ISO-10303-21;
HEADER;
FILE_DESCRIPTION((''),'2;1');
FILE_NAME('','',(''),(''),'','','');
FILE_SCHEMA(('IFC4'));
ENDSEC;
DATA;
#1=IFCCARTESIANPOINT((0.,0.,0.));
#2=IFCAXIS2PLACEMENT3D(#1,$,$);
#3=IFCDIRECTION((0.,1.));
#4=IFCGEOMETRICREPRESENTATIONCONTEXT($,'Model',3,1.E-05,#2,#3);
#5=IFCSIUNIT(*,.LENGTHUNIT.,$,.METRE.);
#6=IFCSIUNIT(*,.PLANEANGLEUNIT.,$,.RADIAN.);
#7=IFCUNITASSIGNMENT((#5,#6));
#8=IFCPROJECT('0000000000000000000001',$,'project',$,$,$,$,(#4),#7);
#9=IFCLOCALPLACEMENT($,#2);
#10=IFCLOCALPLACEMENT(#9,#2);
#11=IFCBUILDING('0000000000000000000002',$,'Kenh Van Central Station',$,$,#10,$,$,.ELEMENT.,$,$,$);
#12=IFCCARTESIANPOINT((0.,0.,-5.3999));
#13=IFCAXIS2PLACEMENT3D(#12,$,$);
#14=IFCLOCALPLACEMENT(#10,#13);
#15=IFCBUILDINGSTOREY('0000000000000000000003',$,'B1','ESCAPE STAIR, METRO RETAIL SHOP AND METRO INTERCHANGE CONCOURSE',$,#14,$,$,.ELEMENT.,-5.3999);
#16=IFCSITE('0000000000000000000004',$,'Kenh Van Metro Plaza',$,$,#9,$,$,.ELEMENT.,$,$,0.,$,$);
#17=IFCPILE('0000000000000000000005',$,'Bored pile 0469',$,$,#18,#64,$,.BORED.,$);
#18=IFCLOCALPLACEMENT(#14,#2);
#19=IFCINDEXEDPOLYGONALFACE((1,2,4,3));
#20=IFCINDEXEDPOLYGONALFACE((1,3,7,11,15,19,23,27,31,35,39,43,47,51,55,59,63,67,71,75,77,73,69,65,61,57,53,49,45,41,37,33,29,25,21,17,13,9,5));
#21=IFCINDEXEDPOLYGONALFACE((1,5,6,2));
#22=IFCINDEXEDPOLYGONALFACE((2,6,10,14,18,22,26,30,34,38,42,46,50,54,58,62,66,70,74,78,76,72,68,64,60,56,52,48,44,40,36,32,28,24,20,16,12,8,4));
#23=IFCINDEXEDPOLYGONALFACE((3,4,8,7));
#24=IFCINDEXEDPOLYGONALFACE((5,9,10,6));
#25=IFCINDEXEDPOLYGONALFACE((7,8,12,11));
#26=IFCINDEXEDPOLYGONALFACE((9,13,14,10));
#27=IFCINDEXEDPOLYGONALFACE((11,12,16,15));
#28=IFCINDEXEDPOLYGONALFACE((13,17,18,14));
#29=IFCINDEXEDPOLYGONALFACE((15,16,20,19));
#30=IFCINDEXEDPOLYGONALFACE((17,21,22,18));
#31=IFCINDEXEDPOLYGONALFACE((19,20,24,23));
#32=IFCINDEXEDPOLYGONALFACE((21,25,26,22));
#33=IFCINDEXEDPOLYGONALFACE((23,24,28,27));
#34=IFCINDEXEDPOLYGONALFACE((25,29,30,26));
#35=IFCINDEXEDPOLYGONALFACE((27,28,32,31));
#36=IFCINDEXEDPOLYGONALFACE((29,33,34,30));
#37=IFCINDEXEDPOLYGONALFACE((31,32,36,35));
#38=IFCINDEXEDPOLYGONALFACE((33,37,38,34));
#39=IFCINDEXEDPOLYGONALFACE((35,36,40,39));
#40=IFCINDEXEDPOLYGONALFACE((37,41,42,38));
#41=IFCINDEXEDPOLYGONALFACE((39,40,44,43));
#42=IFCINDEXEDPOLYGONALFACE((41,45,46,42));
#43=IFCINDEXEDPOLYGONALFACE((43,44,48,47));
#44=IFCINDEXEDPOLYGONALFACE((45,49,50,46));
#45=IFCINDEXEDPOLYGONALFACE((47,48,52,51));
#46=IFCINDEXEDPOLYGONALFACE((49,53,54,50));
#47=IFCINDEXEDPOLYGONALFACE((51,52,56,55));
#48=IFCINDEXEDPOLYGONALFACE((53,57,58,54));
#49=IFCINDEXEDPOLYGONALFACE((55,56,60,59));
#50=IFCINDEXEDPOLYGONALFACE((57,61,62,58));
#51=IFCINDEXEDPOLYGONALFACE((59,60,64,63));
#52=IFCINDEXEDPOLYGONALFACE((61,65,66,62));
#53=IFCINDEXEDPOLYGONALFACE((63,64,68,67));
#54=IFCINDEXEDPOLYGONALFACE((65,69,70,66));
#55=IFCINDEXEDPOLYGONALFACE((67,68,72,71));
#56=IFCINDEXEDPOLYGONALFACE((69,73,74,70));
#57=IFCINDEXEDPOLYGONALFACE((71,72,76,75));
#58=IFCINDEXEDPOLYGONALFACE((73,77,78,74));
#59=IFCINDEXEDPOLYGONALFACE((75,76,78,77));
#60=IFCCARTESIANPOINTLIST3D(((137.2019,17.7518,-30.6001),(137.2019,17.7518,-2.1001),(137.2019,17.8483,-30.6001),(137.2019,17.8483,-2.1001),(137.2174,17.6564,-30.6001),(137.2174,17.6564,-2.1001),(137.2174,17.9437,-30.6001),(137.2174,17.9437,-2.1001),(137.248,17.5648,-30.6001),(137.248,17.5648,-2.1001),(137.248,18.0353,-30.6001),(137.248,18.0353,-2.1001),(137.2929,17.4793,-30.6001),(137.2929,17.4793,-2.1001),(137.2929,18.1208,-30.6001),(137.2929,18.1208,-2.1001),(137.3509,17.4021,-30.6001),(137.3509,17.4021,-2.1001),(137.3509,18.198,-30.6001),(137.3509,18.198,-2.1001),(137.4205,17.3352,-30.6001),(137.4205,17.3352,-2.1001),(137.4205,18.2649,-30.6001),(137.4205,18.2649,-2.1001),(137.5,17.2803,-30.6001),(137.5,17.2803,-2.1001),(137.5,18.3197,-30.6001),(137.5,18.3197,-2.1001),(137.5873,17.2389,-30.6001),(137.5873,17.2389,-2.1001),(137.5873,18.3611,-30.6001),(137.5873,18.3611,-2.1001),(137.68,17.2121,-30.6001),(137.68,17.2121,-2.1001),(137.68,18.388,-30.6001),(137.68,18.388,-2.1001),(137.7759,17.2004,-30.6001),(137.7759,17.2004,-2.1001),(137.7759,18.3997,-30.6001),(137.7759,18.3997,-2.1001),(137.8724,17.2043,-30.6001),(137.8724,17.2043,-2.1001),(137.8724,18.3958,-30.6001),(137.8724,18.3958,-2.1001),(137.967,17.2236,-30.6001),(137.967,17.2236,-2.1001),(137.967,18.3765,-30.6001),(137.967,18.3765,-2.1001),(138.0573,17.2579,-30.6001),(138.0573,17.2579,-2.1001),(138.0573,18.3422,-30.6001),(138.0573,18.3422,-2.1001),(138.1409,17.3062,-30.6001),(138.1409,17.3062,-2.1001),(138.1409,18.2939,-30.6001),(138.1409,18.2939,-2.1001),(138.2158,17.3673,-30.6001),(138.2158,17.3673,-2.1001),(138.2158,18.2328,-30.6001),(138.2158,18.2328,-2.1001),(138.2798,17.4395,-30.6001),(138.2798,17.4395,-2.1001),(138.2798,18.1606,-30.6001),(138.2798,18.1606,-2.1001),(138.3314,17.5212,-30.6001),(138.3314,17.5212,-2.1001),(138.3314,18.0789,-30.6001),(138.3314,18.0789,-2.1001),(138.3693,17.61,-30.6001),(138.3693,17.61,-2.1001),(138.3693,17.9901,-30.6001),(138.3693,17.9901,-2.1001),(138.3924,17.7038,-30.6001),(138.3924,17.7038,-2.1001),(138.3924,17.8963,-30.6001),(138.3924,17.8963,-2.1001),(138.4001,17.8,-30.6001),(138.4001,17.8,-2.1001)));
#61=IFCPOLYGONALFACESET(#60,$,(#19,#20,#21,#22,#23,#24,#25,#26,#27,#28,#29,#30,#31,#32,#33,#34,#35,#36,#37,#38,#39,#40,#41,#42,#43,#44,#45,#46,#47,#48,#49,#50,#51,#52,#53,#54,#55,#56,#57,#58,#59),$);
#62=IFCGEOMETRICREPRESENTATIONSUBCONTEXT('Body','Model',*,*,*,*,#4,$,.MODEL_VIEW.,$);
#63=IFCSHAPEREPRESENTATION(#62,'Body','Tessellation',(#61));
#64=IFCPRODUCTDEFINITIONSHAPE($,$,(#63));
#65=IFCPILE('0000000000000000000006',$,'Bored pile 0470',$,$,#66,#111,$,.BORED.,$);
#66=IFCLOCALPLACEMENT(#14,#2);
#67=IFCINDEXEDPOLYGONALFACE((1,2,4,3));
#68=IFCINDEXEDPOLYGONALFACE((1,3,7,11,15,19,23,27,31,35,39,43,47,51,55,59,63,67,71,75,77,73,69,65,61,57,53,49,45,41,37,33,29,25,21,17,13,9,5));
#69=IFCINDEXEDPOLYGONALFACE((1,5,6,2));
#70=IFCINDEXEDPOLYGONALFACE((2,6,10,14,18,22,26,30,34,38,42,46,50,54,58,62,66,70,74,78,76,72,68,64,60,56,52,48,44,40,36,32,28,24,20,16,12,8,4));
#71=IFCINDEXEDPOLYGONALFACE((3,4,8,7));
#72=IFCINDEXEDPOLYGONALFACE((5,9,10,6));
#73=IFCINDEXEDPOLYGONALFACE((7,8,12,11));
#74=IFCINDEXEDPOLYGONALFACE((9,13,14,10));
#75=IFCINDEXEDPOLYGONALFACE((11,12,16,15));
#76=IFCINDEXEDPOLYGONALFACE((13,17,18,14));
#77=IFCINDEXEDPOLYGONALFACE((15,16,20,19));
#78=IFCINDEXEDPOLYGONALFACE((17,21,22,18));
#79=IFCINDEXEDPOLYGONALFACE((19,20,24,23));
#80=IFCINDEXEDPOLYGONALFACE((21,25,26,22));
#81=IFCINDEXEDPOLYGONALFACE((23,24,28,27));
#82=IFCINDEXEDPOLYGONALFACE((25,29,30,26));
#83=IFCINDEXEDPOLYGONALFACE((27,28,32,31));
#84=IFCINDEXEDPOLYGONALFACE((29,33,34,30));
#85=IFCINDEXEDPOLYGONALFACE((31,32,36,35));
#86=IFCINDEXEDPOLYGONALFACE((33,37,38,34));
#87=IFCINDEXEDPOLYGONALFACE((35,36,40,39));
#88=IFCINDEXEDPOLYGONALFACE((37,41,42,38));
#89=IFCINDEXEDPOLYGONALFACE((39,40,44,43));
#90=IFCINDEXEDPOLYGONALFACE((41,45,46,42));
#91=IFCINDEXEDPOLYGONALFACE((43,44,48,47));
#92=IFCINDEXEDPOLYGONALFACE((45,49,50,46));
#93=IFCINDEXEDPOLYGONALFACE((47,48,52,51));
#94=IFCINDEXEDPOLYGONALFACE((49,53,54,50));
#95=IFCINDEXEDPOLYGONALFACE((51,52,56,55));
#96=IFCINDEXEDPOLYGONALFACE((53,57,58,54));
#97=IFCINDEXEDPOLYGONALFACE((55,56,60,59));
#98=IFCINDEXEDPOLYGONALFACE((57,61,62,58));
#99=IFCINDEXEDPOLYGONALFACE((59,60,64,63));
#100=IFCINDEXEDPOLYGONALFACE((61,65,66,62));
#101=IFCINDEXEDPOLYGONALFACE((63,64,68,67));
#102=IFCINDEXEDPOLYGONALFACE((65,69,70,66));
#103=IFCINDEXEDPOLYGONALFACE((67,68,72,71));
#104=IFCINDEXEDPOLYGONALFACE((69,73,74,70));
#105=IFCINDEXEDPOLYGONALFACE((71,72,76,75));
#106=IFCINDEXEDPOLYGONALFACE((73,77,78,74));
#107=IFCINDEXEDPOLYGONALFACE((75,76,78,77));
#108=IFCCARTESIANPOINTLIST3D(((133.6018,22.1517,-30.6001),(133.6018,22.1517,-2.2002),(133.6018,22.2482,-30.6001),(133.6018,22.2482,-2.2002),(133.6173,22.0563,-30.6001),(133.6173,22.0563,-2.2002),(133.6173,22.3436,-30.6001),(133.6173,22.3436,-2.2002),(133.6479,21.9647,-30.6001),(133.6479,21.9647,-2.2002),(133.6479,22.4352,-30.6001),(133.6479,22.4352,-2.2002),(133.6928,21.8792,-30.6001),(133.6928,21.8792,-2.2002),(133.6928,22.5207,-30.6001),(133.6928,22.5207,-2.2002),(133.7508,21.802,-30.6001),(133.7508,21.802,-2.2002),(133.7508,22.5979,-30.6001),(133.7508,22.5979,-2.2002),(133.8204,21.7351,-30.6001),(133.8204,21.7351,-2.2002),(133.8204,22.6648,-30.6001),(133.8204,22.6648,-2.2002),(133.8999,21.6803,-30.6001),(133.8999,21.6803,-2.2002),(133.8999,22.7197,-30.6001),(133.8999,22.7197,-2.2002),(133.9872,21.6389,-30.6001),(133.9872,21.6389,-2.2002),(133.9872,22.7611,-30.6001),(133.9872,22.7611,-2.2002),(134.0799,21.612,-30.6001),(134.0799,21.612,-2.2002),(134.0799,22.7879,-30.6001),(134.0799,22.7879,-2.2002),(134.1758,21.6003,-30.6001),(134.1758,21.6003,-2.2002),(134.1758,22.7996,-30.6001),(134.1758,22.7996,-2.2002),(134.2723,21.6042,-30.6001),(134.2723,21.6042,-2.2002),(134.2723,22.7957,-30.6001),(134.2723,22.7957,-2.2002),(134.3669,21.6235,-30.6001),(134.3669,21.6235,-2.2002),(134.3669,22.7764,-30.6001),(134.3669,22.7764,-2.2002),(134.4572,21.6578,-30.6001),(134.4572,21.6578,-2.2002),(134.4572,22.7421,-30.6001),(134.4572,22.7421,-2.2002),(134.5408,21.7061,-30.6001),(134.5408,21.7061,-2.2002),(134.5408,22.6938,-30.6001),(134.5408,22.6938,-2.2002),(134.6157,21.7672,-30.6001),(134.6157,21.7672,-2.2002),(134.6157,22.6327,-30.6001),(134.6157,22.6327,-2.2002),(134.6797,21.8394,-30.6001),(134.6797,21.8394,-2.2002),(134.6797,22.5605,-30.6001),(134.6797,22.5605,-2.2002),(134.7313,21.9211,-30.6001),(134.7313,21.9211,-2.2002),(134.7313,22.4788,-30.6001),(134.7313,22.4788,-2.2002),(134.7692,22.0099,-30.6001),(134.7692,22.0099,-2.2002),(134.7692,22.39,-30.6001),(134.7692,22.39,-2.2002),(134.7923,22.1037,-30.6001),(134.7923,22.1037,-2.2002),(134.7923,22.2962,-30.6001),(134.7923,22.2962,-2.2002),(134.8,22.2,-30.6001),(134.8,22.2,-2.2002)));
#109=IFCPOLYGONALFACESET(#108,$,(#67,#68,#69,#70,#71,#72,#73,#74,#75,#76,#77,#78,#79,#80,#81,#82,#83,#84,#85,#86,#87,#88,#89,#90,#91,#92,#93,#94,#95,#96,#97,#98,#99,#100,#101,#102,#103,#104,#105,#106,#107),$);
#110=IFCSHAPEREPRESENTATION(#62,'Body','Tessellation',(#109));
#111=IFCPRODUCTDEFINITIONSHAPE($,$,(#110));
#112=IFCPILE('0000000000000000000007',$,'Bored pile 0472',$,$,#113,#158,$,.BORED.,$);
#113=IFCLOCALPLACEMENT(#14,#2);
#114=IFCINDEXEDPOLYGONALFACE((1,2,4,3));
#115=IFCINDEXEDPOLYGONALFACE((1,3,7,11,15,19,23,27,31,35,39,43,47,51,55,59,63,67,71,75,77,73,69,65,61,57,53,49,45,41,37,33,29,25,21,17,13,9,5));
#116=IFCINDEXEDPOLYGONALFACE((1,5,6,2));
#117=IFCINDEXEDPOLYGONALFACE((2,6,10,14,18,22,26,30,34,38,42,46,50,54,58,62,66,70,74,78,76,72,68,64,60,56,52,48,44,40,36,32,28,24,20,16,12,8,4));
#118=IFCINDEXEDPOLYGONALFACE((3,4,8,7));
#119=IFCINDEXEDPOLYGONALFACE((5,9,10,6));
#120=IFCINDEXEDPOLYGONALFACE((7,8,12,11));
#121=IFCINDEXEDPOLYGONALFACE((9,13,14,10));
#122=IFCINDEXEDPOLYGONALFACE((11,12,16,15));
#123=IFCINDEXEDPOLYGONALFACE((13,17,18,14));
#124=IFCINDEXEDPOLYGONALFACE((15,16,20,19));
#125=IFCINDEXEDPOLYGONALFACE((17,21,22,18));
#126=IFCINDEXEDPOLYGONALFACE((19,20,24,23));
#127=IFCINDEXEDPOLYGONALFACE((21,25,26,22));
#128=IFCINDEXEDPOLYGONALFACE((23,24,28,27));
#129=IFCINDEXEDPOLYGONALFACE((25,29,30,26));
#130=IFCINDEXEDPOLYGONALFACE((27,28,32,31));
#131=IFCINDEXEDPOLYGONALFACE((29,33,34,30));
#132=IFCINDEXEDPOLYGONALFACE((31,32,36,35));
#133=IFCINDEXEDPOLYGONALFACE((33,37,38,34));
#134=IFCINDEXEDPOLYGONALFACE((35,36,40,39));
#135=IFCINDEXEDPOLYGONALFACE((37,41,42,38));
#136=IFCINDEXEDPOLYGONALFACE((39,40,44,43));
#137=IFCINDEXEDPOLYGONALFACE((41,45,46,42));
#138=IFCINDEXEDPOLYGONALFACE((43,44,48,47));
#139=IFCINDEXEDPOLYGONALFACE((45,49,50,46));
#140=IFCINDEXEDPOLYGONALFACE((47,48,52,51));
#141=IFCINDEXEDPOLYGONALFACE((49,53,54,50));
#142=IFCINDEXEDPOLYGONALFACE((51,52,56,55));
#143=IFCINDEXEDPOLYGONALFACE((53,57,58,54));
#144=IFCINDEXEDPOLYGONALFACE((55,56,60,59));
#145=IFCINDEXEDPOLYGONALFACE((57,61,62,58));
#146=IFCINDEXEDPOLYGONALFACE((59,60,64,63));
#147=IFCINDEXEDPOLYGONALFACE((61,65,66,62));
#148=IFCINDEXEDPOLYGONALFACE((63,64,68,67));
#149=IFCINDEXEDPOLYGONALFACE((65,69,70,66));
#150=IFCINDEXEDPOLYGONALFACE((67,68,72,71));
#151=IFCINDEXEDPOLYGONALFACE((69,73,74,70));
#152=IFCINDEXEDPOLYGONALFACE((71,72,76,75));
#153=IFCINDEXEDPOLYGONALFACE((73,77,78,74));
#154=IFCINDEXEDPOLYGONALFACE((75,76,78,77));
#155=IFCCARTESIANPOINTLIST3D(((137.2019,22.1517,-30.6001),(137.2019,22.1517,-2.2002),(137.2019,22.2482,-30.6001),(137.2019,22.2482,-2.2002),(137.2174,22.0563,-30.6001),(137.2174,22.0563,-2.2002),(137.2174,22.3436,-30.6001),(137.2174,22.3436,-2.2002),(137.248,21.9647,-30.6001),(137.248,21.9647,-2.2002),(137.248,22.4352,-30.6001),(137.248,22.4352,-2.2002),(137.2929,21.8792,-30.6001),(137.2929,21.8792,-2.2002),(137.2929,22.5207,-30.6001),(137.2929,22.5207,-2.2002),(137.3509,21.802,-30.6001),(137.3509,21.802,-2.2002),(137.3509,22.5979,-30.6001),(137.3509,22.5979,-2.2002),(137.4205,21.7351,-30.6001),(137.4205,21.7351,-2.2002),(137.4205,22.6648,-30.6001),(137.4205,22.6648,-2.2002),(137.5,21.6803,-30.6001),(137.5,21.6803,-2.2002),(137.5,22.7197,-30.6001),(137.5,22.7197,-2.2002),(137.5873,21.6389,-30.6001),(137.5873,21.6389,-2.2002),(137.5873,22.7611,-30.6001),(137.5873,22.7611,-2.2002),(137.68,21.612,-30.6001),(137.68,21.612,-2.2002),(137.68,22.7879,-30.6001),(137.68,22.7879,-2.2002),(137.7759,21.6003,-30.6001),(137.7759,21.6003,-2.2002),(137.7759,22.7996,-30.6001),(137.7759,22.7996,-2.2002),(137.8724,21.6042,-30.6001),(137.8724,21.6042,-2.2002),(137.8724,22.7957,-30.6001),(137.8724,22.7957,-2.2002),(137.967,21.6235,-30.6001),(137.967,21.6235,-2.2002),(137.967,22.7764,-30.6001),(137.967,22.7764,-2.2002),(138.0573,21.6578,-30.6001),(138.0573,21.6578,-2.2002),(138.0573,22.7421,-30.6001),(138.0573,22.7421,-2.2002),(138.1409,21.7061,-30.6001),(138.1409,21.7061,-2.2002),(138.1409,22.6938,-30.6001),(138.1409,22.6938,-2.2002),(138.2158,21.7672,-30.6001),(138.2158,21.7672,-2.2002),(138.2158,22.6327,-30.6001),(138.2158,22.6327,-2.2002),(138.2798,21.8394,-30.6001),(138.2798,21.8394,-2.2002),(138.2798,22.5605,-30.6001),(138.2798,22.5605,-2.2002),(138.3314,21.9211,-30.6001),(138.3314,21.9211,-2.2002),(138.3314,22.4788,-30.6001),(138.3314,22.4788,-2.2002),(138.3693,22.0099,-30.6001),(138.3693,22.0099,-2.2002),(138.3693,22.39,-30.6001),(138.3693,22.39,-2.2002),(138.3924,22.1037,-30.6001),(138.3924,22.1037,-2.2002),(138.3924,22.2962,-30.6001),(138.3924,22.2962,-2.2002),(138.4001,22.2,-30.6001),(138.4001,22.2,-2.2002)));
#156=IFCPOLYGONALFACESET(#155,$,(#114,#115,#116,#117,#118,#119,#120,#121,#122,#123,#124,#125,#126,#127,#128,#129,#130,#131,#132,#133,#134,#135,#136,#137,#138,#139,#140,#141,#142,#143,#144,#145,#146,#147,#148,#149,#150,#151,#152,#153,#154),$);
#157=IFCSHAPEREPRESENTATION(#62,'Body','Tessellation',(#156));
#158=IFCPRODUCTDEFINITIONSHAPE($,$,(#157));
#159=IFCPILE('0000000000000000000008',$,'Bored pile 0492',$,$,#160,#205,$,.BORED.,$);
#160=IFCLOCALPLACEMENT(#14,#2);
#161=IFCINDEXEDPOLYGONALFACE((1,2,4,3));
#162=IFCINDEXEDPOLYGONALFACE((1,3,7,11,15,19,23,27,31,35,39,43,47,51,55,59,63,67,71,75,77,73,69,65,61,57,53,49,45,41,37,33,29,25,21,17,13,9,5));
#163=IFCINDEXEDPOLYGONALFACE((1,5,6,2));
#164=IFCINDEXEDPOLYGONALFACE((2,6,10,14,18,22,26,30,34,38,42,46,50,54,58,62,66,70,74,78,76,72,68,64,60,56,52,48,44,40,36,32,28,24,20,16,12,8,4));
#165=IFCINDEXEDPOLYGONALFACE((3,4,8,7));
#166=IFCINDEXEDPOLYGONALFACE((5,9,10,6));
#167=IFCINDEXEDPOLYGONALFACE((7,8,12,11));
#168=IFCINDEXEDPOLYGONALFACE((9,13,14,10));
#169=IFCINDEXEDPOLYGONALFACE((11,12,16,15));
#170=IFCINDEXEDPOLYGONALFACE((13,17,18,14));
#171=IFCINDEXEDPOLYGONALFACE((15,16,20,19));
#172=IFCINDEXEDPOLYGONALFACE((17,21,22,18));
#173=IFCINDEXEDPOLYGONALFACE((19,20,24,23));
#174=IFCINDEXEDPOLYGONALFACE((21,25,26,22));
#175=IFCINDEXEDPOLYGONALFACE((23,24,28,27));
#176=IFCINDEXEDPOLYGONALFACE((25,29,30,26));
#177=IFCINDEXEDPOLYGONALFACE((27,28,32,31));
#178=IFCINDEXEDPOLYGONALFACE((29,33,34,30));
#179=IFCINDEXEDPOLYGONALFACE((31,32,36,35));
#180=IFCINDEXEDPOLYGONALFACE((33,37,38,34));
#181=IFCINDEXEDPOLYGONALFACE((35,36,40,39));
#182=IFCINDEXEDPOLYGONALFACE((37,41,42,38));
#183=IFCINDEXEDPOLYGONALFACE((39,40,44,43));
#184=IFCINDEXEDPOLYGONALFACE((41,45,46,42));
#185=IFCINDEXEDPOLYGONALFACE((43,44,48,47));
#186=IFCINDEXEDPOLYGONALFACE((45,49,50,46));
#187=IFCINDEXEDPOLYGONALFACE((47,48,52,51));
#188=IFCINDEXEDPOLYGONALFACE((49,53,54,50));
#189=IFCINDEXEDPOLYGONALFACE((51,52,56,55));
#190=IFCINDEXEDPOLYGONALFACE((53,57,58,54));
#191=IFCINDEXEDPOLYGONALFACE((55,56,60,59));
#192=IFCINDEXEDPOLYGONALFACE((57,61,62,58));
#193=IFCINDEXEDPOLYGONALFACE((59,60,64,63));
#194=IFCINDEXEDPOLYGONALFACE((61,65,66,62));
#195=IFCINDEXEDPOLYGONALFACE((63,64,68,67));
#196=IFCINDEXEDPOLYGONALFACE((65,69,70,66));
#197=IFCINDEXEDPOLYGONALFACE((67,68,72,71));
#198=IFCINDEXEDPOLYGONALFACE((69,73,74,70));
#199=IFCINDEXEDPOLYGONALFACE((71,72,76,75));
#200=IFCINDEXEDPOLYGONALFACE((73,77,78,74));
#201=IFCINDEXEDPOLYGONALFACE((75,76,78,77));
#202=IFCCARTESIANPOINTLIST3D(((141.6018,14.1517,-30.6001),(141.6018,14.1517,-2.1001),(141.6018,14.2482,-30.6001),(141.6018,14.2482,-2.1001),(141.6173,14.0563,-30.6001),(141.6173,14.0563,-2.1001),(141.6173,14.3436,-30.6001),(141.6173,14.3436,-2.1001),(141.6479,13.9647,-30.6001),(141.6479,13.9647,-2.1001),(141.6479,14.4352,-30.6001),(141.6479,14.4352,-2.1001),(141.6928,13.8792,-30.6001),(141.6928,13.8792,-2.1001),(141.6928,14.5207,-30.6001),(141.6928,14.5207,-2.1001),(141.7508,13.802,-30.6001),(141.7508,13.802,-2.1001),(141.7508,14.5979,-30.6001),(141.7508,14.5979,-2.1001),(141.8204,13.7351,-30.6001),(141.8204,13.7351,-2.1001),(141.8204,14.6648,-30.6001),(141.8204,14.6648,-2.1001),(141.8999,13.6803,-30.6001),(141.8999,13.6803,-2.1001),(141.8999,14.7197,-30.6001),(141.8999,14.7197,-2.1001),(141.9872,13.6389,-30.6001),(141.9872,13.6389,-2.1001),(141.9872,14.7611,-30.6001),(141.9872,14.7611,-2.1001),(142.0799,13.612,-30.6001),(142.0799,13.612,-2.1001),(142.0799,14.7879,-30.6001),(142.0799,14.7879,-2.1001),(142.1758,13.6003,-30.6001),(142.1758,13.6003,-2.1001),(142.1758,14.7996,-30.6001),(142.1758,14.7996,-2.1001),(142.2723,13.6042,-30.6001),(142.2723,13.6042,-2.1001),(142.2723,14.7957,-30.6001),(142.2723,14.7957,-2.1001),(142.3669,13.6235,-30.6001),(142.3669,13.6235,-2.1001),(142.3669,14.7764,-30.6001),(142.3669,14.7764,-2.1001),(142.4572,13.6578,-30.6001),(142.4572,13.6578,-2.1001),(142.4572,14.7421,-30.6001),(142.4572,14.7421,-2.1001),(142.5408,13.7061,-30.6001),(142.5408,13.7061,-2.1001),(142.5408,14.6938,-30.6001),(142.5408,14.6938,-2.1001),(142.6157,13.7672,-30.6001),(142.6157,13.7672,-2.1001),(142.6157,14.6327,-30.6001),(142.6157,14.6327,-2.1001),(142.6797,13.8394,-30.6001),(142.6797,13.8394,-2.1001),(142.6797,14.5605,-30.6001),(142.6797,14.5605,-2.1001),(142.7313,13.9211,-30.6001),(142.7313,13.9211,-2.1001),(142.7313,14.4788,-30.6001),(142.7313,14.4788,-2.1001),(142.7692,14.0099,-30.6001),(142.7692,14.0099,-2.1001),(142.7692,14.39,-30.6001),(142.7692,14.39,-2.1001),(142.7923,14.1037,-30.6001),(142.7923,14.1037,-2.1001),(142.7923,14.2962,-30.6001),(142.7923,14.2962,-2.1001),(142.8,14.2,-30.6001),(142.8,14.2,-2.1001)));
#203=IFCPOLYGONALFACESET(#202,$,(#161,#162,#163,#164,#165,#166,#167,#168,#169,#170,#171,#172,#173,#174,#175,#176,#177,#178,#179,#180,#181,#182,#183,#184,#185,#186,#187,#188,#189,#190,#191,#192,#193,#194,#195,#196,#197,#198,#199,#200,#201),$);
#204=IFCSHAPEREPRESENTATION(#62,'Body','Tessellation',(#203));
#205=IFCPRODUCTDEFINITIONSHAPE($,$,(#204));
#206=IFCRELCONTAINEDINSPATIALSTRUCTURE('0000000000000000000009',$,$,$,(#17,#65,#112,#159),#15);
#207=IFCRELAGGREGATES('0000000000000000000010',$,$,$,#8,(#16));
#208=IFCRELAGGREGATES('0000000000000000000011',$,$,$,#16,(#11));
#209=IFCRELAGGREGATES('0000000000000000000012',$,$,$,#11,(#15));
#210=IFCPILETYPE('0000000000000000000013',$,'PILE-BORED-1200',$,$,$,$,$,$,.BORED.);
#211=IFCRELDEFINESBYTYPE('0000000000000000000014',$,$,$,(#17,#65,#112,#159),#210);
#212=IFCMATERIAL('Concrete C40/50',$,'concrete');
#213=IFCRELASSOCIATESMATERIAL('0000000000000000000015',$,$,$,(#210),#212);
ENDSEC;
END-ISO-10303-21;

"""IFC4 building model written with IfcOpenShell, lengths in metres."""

from ifc_helpers import new_model, si_unit, direction, frame, origin, origin_2d, place, context, subcontext, project, spatial, circle, extrude, material, material_profile, profile_set, type_object, element, save


model = new_model("IFC4")

# Units and contexts
model_context = context("Model", 3, precision=1e-05, world=origin(), true_north=direction((0.0, 1.0)))
body_context = subcontext(model_context, "Body", "Model", "MODEL_VIEW")
ifc_project = project(units=[si_unit("LENGTHUNIT", "METRE"), si_unit("PLANEANGLEUNIT", "RADIAN")], contexts=[model_context])

# Site, building, storey
site_placement = place(None, origin())
site = spatial("IfcSite", under=ifc_project, at=site_placement, Name="Kenh Van Metro Plaza", CompositionType="ELEMENT", RefElevation=0.0)
building_placement = place(site_placement, origin())
building = spatial("IfcBuilding", under=site, at=building_placement, Name="Kenh Van Central Station", CompositionType="ELEMENT")
storey_placement = place(building_placement, frame((0.0, 0.0, -5.3999)))
storey = spatial("IfcBuildingStorey", under=building, at=storey_placement, Name="B1", Description="ESCAPE STAIR, METRO RETAIL SHOP AND METRO INTERCHANGE CONCOURSE", CompositionType="ELEMENT", Elevation=-5.3999)

# Shared definitions
ifc_material_1 = material(Name="Concrete C40/50", Category="concrete")

# Piles
ifc_material_profile_1 = material_profile(ifc_material_1, circle(Radius=0.6001, at=origin_2d()), Name="PILE D1200")
ifc_profile_set_1 = profile_set([ifc_material_profile_1], Name="Concrete C40/50")
pile_type_1 = type_object("IfcPileType", Name="PILE-BORED-1200", PredefinedType="BORED", material=ifc_profile_set_1)
for number, where, z_axis, x_axis, name in (
    (1, (137.8, 17.8, -2.1001), (0.0, 0.0, -1.0), (1.0, 0.0, 0.0), "Bored pile 0469"),
):
    element("IfcPile", number, at=place(storey_placement, frame(where, z_axis=z_axis, x_axis=x_axis)), inside=storey, type_object=pile_type_1, Name=name, PredefinedType="BORED", context=body_context, shape_type="SweptSolid", body=[
        extrude(circle(Radius=0.6001, at=origin_2d()), origin(), (0.0, 0.0, 1.0), 28.5),
    ])
for number, where, z_axis, x_axis, name in (
    (2, (134.2, 22.2, -2.2002), (0.0, 0.0, -1.0), (1.0, 0.0, 0.0), "Bored pile 0470"),
    (3, (137.8, 22.2, -2.2002), (0.0, 0.0, -1.0), (1.0, 0.0, 0.0), "Bored pile 0472"),
):
    element("IfcPile", number, at=place(storey_placement, frame(where, z_axis=z_axis, x_axis=x_axis)), inside=storey, type_object=pile_type_1, Name=name, PredefinedType="BORED", context=body_context, shape_type="SweptSolid", body=[
        extrude(circle(Radius=0.6001, at=origin_2d()), origin(), (0.0, 0.0, 1.0), 28.3999),
    ])
for number, where, z_axis, x_axis, name in (
    (4, (142.2, 14.2, -2.1001), (0.0, 0.0, -1.0), (1.0, 0.0, 0.0), "Bored pile 0492"),
):
    element("IfcPile", number, at=place(storey_placement, frame(where, z_axis=z_axis, x_axis=x_axis)), inside=storey, type_object=pile_type_1, Name=name, PredefinedType="BORED", context=body_context, shape_type="SweptSolid", body=[
        extrude(circle(Radius=0.6001, at=origin_2d()), origin(), (0.0, 0.0, 1.0), 28.5),
    ])

save(model, "model.ifc")
